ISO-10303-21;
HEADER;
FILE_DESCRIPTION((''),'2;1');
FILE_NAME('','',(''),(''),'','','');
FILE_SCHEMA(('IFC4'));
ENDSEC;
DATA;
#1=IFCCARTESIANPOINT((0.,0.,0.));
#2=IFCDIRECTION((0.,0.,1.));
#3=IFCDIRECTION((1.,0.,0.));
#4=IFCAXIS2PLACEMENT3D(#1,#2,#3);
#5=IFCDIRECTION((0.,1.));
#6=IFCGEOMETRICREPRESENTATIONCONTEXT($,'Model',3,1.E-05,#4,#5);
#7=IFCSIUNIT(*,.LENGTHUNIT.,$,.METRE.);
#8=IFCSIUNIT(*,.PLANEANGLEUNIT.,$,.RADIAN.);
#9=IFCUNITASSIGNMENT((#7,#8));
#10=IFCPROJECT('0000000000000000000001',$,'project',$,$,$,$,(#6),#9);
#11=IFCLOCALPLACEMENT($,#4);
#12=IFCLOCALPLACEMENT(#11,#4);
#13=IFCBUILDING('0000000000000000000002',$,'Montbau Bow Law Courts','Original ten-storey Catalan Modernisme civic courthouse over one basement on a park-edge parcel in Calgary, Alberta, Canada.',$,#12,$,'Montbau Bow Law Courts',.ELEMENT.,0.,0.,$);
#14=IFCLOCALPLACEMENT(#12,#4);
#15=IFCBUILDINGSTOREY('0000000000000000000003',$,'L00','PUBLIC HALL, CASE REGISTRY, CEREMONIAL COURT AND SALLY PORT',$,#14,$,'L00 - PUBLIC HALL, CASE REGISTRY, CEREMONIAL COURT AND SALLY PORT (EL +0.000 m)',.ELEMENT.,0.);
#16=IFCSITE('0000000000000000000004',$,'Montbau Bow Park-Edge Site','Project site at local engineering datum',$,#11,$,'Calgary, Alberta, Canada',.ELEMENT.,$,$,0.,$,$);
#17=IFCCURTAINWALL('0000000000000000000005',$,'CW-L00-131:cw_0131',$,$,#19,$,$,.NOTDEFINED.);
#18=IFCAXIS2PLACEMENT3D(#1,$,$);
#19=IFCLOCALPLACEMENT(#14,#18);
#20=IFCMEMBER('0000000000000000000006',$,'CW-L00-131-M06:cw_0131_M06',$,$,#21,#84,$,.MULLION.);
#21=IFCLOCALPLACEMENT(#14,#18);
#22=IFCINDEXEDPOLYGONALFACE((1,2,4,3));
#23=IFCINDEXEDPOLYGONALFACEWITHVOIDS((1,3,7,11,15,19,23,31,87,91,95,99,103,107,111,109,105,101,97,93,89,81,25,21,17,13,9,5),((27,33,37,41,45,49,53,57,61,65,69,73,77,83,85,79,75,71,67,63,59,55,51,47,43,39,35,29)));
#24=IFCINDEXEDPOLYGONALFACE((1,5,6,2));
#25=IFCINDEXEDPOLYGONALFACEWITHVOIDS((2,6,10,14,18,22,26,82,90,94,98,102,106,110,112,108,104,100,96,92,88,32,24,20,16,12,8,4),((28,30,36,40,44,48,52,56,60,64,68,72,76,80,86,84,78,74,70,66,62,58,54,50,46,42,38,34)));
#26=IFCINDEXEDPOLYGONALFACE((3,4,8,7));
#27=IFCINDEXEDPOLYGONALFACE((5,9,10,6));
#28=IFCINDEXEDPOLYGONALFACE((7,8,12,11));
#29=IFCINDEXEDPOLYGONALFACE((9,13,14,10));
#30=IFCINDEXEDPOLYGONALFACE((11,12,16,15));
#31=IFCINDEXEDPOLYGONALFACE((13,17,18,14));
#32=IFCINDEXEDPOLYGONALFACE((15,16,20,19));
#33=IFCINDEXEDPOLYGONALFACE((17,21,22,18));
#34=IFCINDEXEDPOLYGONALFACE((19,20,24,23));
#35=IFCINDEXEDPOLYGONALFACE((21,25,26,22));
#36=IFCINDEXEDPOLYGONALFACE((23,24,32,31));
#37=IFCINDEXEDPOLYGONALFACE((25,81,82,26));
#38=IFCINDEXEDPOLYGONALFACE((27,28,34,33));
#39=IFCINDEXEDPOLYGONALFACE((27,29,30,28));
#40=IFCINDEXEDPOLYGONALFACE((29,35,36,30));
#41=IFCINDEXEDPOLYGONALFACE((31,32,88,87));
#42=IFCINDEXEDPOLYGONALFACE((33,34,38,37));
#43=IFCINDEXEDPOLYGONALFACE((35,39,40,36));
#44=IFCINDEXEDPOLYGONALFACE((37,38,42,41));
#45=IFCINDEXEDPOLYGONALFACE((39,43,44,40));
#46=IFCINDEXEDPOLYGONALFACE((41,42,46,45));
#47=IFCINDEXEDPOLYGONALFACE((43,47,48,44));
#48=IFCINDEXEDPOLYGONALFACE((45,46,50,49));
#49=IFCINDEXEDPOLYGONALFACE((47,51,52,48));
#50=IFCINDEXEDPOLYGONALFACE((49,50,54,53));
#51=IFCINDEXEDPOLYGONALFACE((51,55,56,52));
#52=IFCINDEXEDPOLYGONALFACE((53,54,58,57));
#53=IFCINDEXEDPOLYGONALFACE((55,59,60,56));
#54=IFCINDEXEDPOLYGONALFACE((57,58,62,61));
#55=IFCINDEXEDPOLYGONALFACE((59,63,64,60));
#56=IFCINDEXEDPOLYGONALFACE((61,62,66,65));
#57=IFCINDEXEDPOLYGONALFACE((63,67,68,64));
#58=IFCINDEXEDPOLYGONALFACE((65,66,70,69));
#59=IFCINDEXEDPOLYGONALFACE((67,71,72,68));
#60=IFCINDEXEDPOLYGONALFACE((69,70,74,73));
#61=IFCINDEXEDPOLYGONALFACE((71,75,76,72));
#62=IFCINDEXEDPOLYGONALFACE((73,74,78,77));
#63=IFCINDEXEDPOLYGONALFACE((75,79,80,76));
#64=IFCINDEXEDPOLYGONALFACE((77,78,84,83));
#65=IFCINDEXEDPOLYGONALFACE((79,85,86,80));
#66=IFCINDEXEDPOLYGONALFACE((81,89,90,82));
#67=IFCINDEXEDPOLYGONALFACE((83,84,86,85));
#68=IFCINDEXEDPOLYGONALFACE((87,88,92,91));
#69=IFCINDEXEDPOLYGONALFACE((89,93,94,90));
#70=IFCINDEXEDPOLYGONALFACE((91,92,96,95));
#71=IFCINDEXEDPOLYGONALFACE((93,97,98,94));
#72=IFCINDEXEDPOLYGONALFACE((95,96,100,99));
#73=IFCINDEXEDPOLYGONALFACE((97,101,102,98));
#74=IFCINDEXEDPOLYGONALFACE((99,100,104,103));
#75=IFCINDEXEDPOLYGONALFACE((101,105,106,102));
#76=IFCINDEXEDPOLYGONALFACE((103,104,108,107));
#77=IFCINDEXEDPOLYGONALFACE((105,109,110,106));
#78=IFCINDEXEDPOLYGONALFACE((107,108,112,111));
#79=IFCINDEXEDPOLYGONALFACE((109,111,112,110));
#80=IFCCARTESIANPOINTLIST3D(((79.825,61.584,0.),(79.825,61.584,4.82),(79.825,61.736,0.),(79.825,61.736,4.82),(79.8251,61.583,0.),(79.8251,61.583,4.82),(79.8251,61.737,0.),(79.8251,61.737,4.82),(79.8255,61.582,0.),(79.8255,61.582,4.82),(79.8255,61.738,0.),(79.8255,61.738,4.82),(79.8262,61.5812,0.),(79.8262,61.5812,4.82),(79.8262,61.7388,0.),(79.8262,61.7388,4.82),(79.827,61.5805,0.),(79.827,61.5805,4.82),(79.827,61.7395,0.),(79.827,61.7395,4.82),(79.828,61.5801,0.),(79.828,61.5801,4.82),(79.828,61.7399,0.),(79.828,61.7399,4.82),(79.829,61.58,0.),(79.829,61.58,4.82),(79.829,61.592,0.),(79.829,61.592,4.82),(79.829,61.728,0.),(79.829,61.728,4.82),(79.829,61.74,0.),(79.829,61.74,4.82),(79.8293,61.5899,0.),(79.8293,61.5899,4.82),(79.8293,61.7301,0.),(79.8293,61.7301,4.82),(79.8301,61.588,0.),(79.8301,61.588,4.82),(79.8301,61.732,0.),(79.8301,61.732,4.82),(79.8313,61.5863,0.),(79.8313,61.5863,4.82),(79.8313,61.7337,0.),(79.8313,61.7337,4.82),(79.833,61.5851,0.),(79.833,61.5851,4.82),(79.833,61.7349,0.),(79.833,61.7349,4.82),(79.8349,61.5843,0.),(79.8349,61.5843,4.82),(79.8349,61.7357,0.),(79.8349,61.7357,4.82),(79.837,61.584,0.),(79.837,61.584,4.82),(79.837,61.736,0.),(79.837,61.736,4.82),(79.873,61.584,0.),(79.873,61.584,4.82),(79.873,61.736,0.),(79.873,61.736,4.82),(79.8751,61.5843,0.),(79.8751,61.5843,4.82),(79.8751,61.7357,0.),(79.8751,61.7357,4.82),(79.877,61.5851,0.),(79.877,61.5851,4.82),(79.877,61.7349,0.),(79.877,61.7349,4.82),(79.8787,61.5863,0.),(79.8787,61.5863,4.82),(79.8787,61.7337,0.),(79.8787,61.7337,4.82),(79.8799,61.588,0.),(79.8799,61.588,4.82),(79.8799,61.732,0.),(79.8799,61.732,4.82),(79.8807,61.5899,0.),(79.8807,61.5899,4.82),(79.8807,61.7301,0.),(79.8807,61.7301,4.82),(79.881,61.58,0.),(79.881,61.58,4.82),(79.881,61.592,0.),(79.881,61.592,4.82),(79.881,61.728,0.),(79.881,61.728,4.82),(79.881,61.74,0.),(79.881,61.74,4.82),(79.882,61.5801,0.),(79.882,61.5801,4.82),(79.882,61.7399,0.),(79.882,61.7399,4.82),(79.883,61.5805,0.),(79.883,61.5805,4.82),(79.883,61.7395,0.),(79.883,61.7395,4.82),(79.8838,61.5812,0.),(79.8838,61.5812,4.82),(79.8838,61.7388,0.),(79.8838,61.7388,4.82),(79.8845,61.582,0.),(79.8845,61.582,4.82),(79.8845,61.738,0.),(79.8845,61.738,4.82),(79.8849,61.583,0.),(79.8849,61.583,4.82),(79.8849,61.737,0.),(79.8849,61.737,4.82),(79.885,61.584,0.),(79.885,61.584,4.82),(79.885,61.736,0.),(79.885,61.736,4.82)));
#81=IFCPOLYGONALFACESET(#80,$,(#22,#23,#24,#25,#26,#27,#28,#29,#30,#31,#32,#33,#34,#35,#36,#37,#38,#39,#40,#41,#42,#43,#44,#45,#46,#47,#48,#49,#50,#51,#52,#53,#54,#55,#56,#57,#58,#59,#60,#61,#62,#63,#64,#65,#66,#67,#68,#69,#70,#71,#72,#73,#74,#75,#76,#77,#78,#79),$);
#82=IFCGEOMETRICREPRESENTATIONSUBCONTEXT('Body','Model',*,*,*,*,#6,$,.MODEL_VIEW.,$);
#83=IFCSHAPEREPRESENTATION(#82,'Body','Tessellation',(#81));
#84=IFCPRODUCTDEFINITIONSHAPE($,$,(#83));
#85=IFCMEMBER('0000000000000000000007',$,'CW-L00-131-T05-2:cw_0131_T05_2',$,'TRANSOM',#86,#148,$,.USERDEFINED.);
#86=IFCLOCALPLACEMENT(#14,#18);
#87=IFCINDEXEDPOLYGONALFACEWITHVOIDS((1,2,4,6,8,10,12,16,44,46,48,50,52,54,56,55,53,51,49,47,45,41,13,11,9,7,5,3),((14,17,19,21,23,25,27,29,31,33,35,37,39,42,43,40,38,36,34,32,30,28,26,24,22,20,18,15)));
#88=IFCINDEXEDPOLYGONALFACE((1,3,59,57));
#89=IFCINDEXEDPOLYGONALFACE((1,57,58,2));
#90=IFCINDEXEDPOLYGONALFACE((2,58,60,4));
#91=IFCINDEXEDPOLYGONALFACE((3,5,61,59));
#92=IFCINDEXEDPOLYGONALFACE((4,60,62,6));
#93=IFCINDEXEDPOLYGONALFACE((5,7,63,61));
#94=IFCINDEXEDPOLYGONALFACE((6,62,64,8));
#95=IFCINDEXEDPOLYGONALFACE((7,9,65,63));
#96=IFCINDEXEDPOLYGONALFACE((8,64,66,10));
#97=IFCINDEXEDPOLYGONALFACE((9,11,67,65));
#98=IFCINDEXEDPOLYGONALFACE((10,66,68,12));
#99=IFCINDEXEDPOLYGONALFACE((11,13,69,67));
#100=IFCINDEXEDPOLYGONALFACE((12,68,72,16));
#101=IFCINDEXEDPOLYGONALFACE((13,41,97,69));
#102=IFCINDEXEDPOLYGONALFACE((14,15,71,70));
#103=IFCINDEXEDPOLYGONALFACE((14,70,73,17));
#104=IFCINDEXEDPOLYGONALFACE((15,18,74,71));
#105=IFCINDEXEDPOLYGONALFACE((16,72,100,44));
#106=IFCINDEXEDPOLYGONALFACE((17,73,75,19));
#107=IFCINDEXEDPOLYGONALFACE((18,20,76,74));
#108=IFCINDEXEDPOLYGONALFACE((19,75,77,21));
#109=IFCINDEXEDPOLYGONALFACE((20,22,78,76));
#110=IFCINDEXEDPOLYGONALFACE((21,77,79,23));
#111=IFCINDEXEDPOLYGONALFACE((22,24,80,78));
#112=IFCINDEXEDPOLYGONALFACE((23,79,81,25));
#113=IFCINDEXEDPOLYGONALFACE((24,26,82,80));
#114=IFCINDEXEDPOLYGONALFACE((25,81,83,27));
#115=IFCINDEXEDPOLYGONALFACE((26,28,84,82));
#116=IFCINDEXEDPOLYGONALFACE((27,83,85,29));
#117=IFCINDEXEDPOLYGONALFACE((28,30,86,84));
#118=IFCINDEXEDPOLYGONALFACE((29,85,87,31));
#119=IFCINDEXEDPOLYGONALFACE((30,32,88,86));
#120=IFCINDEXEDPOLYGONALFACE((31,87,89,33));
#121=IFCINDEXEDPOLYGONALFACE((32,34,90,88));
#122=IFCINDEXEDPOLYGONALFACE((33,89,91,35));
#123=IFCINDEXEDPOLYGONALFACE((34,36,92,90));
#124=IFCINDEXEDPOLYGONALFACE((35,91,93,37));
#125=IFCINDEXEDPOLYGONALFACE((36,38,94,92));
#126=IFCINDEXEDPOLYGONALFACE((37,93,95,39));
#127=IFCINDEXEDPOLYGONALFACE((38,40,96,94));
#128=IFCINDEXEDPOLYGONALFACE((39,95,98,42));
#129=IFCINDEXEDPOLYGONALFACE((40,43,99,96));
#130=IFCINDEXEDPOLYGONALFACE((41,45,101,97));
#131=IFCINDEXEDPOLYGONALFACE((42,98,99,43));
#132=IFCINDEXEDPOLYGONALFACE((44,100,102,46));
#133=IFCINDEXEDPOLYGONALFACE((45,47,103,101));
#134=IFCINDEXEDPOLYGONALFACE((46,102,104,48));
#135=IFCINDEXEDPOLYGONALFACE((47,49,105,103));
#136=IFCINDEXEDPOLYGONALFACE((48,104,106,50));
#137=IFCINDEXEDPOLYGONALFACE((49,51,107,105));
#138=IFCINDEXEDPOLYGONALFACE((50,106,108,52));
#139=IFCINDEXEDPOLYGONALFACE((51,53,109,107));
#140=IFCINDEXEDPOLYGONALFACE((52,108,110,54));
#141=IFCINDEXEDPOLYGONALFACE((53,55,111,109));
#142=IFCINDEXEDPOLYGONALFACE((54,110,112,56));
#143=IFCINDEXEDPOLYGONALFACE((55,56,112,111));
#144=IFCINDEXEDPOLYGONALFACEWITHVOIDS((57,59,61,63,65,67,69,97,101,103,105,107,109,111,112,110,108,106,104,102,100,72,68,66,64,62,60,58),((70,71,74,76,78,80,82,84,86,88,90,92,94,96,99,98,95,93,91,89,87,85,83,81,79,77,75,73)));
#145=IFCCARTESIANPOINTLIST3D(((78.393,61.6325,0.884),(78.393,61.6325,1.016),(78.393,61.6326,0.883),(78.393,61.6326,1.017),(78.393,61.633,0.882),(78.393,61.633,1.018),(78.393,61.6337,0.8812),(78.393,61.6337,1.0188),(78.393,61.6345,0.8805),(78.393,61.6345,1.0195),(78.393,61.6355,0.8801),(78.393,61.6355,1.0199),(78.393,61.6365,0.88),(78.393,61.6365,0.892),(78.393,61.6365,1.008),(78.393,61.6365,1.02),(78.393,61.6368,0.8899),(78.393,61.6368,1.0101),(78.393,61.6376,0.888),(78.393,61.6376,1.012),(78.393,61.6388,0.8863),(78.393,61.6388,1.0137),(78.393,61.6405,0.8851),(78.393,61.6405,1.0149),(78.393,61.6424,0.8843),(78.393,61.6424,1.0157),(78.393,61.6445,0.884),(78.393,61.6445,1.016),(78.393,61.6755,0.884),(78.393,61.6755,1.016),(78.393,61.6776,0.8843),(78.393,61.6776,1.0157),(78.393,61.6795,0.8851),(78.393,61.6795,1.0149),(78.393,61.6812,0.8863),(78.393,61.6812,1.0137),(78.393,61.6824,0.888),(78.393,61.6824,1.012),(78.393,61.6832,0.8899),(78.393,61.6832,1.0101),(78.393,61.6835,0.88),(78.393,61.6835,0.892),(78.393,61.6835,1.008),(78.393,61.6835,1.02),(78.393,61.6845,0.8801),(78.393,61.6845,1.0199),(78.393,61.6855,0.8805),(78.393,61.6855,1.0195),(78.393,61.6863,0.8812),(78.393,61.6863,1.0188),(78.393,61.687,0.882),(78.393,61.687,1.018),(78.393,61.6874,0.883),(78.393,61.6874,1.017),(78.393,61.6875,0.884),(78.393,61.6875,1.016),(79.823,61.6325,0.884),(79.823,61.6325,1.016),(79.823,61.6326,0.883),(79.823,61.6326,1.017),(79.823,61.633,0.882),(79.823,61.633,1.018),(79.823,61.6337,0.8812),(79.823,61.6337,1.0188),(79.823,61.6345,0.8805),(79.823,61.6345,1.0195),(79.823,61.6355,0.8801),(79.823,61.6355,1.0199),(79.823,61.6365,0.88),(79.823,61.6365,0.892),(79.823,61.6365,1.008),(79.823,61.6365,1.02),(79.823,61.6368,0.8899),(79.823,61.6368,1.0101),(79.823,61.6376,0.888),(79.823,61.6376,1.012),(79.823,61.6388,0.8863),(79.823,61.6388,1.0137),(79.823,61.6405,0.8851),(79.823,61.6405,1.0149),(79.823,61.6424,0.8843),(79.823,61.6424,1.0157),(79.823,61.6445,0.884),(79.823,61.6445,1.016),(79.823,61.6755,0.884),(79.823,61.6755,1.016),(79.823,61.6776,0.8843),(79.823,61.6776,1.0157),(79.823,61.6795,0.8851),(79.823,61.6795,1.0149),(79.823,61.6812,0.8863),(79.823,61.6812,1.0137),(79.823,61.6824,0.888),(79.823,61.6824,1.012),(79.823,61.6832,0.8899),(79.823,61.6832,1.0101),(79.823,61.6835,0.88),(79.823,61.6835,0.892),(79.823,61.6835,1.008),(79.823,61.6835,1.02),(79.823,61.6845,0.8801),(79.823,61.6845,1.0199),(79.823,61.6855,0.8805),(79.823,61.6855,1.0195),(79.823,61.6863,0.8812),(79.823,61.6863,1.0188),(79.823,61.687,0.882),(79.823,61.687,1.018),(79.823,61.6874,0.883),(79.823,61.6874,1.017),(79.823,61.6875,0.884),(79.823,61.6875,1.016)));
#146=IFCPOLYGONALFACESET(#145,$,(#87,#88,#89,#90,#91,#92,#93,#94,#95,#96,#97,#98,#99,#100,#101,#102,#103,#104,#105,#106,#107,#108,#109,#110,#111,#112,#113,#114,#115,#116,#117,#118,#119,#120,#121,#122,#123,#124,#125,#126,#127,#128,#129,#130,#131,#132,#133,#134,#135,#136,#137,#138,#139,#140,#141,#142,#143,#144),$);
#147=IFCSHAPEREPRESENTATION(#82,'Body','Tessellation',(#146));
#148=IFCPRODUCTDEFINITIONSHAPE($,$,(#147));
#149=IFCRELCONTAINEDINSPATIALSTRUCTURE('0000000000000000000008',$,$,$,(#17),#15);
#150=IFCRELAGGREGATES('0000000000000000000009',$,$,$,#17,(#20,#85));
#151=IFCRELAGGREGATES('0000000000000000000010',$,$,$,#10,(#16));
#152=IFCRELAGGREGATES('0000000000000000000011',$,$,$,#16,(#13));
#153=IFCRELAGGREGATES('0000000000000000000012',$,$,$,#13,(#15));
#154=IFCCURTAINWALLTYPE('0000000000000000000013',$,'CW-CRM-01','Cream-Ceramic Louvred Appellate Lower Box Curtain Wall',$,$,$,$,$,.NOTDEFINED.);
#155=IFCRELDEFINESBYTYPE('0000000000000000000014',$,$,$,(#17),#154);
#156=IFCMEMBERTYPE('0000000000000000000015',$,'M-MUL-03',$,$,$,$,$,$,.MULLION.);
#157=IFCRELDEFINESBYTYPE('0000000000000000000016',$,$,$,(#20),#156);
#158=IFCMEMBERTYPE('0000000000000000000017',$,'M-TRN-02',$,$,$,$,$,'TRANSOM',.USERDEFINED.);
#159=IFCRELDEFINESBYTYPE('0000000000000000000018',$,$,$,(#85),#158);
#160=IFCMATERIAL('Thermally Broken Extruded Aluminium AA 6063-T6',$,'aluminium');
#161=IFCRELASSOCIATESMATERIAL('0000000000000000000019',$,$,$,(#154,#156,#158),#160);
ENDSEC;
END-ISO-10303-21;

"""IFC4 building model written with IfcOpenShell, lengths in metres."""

from ifc_helpers import new_model, si_unit, direction, frame, origin_with_axes, origin_2d_with_axis, place, context, subcontext, project, spatial, hollow_rectangle, extrude, material, material_profile, profile_set, type_object, element, aggregate, save


model = new_model("IFC4")

# Units and contexts
model_context = context("Model", 3, precision=1e-05, world=origin_with_axes(), true_north=direction((0.0, 1.0)))
body_context = subcontext(model_context, "Body", "Model", "MODEL_VIEW")
ifc_project = project(units=[si_unit("LENGTHUNIT", "METRE"), si_unit("PLANEANGLEUNIT", "RADIAN")], contexts=[model_context])

# Site, building, storey
site_placement = place(None, origin_with_axes())
site = spatial("IfcSite", under=ifc_project, at=site_placement, Name="Montbau Bow Park-Edge Site", Description="Project site at local engineering datum", LongName="Calgary, Alberta, Canada", CompositionType="ELEMENT", RefElevation=0.0)
building_placement = place(site_placement, origin_with_axes())
building = spatial("IfcBuilding", under=site, at=building_placement, Name="Montbau Bow Law Courts", Description="Original ten-storey Catalan Modernisme civic courthouse over one basement on a park-edge parcel in Calgary, Alberta, Canada.", LongName="Montbau Bow Law Courts", CompositionType="ELEMENT", ElevationOfRefHeight=0.0, ElevationOfTerrain=0.0)
storey_placement = place(building_placement, origin_with_axes())
storey = spatial("IfcBuildingStorey", under=building, at=storey_placement, Name="L00", Description="PUBLIC HALL, CASE REGISTRY, CEREMONIAL COURT AND SALLY PORT", LongName="L00 - PUBLIC HALL, CASE REGISTRY, CEREMONIAL COURT AND SALLY PORT (EL +0.000 m)", CompositionType="ELEMENT", Elevation=0.0)

# Curtain wall, members
ifc_material_1 = material(Name="Thermally Broken Extruded Aluminium AA 6063-T6", Category="aluminium")
curtain_wall_type = type_object("IfcCurtainWallType", Name="CW-CRM-01", Description="Cream-Ceramic Louvred Appellate Lower Box Curtain Wall", PredefinedType="NOTDEFINED", material=ifc_material_1)
curtain_wall_placement = place(None, frame((72.267, 61.66, 0.0), z_axis=(0.0, 0.0, 1.0), x_axis=(1.0, 0.0, 0.0)))
curtain_wall = element("IfcCurtainWall", 1, at=curtain_wall_placement, inside=storey, type_object=curtain_wall_type, Name="CW-L00-131:cw_0131", PredefinedType="NOTDEFINED")
ifc_material_profile_1 = material_profile(ifc_material_1, hollow_rectangle(XDim=0.06, YDim=0.16, WallThickness=0.004, InnerFilletRadius=0.008, OuterFilletRadius=0.004, at=origin_2d_with_axis()), Name="CWM-160X60", Category="Main", Priority=0)
ifc_profile_set_1 = profile_set([ifc_material_profile_1], Name="Thermally Broken Extruded Aluminium AA 6063-T6")
member_type_1 = type_object("IfcMemberType", Name="M-MUL-03", PredefinedType="MULLION", material=ifc_profile_set_1)
member_1_placement = place(None, frame((79.855, 61.66, 0.0), z_axis=(0.0, 0.0, 1.0), x_axis=(1.0, 0.0, 0.0)))
member_1 = element("IfcMember", 2, at=member_1_placement, type_object=member_type_1, Name="CW-L00-131-M06:cw_0131_M06", PredefinedType="MULLION", context=body_context, shape_type="SweptSolid", body=[
    extrude(hollow_rectangle(XDim=0.06, YDim=0.16, WallThickness=0.004, InnerFilletRadius=0.008, OuterFilletRadius=0.004, at=origin_2d_with_axis()), origin_with_axes(), (0.0, 0.0, 1.0), 4.82),
])
ifc_material_profile_2 = material_profile(ifc_material_1, hollow_rectangle(XDim=0.055, YDim=0.14, WallThickness=0.004, InnerFilletRadius=0.008, OuterFilletRadius=0.004, at=origin_2d_with_axis()), Name="CWT-140X55", Category="Main", Priority=0)
ifc_profile_set_2 = profile_set([ifc_material_profile_2], Name="Thermally Broken Extruded Aluminium AA 6063-T6")
member_type_2 = type_object("IfcMemberType", Name="M-TRN-02", ElementType="TRANSOM", PredefinedType="USERDEFINED", material=ifc_profile_set_2)
member_2_placement = place(None, frame((78.393, 61.66, 0.95), z_axis=(1.0, 0.0, 0.0), x_axis=(0.0, 1.0, 0.0)))
member_2 = element("IfcMember", 3, at=member_2_placement, type_object=member_type_2, Name="CW-L00-131-T05-2:cw_0131_T05_2", ObjectType="TRANSOM", PredefinedType="USERDEFINED", context=body_context, shape_type="SweptSolid", body=[
    extrude(hollow_rectangle(XDim=0.055, YDim=0.14, WallThickness=0.004, InnerFilletRadius=0.008, OuterFilletRadius=0.004, at=origin_2d_with_axis()), origin_with_axes(), (0.0, 0.0, 1.0), 1.43),
])
aggregate(curtain_wall, [member_1, member_2])

save(model, "model.ifc")
